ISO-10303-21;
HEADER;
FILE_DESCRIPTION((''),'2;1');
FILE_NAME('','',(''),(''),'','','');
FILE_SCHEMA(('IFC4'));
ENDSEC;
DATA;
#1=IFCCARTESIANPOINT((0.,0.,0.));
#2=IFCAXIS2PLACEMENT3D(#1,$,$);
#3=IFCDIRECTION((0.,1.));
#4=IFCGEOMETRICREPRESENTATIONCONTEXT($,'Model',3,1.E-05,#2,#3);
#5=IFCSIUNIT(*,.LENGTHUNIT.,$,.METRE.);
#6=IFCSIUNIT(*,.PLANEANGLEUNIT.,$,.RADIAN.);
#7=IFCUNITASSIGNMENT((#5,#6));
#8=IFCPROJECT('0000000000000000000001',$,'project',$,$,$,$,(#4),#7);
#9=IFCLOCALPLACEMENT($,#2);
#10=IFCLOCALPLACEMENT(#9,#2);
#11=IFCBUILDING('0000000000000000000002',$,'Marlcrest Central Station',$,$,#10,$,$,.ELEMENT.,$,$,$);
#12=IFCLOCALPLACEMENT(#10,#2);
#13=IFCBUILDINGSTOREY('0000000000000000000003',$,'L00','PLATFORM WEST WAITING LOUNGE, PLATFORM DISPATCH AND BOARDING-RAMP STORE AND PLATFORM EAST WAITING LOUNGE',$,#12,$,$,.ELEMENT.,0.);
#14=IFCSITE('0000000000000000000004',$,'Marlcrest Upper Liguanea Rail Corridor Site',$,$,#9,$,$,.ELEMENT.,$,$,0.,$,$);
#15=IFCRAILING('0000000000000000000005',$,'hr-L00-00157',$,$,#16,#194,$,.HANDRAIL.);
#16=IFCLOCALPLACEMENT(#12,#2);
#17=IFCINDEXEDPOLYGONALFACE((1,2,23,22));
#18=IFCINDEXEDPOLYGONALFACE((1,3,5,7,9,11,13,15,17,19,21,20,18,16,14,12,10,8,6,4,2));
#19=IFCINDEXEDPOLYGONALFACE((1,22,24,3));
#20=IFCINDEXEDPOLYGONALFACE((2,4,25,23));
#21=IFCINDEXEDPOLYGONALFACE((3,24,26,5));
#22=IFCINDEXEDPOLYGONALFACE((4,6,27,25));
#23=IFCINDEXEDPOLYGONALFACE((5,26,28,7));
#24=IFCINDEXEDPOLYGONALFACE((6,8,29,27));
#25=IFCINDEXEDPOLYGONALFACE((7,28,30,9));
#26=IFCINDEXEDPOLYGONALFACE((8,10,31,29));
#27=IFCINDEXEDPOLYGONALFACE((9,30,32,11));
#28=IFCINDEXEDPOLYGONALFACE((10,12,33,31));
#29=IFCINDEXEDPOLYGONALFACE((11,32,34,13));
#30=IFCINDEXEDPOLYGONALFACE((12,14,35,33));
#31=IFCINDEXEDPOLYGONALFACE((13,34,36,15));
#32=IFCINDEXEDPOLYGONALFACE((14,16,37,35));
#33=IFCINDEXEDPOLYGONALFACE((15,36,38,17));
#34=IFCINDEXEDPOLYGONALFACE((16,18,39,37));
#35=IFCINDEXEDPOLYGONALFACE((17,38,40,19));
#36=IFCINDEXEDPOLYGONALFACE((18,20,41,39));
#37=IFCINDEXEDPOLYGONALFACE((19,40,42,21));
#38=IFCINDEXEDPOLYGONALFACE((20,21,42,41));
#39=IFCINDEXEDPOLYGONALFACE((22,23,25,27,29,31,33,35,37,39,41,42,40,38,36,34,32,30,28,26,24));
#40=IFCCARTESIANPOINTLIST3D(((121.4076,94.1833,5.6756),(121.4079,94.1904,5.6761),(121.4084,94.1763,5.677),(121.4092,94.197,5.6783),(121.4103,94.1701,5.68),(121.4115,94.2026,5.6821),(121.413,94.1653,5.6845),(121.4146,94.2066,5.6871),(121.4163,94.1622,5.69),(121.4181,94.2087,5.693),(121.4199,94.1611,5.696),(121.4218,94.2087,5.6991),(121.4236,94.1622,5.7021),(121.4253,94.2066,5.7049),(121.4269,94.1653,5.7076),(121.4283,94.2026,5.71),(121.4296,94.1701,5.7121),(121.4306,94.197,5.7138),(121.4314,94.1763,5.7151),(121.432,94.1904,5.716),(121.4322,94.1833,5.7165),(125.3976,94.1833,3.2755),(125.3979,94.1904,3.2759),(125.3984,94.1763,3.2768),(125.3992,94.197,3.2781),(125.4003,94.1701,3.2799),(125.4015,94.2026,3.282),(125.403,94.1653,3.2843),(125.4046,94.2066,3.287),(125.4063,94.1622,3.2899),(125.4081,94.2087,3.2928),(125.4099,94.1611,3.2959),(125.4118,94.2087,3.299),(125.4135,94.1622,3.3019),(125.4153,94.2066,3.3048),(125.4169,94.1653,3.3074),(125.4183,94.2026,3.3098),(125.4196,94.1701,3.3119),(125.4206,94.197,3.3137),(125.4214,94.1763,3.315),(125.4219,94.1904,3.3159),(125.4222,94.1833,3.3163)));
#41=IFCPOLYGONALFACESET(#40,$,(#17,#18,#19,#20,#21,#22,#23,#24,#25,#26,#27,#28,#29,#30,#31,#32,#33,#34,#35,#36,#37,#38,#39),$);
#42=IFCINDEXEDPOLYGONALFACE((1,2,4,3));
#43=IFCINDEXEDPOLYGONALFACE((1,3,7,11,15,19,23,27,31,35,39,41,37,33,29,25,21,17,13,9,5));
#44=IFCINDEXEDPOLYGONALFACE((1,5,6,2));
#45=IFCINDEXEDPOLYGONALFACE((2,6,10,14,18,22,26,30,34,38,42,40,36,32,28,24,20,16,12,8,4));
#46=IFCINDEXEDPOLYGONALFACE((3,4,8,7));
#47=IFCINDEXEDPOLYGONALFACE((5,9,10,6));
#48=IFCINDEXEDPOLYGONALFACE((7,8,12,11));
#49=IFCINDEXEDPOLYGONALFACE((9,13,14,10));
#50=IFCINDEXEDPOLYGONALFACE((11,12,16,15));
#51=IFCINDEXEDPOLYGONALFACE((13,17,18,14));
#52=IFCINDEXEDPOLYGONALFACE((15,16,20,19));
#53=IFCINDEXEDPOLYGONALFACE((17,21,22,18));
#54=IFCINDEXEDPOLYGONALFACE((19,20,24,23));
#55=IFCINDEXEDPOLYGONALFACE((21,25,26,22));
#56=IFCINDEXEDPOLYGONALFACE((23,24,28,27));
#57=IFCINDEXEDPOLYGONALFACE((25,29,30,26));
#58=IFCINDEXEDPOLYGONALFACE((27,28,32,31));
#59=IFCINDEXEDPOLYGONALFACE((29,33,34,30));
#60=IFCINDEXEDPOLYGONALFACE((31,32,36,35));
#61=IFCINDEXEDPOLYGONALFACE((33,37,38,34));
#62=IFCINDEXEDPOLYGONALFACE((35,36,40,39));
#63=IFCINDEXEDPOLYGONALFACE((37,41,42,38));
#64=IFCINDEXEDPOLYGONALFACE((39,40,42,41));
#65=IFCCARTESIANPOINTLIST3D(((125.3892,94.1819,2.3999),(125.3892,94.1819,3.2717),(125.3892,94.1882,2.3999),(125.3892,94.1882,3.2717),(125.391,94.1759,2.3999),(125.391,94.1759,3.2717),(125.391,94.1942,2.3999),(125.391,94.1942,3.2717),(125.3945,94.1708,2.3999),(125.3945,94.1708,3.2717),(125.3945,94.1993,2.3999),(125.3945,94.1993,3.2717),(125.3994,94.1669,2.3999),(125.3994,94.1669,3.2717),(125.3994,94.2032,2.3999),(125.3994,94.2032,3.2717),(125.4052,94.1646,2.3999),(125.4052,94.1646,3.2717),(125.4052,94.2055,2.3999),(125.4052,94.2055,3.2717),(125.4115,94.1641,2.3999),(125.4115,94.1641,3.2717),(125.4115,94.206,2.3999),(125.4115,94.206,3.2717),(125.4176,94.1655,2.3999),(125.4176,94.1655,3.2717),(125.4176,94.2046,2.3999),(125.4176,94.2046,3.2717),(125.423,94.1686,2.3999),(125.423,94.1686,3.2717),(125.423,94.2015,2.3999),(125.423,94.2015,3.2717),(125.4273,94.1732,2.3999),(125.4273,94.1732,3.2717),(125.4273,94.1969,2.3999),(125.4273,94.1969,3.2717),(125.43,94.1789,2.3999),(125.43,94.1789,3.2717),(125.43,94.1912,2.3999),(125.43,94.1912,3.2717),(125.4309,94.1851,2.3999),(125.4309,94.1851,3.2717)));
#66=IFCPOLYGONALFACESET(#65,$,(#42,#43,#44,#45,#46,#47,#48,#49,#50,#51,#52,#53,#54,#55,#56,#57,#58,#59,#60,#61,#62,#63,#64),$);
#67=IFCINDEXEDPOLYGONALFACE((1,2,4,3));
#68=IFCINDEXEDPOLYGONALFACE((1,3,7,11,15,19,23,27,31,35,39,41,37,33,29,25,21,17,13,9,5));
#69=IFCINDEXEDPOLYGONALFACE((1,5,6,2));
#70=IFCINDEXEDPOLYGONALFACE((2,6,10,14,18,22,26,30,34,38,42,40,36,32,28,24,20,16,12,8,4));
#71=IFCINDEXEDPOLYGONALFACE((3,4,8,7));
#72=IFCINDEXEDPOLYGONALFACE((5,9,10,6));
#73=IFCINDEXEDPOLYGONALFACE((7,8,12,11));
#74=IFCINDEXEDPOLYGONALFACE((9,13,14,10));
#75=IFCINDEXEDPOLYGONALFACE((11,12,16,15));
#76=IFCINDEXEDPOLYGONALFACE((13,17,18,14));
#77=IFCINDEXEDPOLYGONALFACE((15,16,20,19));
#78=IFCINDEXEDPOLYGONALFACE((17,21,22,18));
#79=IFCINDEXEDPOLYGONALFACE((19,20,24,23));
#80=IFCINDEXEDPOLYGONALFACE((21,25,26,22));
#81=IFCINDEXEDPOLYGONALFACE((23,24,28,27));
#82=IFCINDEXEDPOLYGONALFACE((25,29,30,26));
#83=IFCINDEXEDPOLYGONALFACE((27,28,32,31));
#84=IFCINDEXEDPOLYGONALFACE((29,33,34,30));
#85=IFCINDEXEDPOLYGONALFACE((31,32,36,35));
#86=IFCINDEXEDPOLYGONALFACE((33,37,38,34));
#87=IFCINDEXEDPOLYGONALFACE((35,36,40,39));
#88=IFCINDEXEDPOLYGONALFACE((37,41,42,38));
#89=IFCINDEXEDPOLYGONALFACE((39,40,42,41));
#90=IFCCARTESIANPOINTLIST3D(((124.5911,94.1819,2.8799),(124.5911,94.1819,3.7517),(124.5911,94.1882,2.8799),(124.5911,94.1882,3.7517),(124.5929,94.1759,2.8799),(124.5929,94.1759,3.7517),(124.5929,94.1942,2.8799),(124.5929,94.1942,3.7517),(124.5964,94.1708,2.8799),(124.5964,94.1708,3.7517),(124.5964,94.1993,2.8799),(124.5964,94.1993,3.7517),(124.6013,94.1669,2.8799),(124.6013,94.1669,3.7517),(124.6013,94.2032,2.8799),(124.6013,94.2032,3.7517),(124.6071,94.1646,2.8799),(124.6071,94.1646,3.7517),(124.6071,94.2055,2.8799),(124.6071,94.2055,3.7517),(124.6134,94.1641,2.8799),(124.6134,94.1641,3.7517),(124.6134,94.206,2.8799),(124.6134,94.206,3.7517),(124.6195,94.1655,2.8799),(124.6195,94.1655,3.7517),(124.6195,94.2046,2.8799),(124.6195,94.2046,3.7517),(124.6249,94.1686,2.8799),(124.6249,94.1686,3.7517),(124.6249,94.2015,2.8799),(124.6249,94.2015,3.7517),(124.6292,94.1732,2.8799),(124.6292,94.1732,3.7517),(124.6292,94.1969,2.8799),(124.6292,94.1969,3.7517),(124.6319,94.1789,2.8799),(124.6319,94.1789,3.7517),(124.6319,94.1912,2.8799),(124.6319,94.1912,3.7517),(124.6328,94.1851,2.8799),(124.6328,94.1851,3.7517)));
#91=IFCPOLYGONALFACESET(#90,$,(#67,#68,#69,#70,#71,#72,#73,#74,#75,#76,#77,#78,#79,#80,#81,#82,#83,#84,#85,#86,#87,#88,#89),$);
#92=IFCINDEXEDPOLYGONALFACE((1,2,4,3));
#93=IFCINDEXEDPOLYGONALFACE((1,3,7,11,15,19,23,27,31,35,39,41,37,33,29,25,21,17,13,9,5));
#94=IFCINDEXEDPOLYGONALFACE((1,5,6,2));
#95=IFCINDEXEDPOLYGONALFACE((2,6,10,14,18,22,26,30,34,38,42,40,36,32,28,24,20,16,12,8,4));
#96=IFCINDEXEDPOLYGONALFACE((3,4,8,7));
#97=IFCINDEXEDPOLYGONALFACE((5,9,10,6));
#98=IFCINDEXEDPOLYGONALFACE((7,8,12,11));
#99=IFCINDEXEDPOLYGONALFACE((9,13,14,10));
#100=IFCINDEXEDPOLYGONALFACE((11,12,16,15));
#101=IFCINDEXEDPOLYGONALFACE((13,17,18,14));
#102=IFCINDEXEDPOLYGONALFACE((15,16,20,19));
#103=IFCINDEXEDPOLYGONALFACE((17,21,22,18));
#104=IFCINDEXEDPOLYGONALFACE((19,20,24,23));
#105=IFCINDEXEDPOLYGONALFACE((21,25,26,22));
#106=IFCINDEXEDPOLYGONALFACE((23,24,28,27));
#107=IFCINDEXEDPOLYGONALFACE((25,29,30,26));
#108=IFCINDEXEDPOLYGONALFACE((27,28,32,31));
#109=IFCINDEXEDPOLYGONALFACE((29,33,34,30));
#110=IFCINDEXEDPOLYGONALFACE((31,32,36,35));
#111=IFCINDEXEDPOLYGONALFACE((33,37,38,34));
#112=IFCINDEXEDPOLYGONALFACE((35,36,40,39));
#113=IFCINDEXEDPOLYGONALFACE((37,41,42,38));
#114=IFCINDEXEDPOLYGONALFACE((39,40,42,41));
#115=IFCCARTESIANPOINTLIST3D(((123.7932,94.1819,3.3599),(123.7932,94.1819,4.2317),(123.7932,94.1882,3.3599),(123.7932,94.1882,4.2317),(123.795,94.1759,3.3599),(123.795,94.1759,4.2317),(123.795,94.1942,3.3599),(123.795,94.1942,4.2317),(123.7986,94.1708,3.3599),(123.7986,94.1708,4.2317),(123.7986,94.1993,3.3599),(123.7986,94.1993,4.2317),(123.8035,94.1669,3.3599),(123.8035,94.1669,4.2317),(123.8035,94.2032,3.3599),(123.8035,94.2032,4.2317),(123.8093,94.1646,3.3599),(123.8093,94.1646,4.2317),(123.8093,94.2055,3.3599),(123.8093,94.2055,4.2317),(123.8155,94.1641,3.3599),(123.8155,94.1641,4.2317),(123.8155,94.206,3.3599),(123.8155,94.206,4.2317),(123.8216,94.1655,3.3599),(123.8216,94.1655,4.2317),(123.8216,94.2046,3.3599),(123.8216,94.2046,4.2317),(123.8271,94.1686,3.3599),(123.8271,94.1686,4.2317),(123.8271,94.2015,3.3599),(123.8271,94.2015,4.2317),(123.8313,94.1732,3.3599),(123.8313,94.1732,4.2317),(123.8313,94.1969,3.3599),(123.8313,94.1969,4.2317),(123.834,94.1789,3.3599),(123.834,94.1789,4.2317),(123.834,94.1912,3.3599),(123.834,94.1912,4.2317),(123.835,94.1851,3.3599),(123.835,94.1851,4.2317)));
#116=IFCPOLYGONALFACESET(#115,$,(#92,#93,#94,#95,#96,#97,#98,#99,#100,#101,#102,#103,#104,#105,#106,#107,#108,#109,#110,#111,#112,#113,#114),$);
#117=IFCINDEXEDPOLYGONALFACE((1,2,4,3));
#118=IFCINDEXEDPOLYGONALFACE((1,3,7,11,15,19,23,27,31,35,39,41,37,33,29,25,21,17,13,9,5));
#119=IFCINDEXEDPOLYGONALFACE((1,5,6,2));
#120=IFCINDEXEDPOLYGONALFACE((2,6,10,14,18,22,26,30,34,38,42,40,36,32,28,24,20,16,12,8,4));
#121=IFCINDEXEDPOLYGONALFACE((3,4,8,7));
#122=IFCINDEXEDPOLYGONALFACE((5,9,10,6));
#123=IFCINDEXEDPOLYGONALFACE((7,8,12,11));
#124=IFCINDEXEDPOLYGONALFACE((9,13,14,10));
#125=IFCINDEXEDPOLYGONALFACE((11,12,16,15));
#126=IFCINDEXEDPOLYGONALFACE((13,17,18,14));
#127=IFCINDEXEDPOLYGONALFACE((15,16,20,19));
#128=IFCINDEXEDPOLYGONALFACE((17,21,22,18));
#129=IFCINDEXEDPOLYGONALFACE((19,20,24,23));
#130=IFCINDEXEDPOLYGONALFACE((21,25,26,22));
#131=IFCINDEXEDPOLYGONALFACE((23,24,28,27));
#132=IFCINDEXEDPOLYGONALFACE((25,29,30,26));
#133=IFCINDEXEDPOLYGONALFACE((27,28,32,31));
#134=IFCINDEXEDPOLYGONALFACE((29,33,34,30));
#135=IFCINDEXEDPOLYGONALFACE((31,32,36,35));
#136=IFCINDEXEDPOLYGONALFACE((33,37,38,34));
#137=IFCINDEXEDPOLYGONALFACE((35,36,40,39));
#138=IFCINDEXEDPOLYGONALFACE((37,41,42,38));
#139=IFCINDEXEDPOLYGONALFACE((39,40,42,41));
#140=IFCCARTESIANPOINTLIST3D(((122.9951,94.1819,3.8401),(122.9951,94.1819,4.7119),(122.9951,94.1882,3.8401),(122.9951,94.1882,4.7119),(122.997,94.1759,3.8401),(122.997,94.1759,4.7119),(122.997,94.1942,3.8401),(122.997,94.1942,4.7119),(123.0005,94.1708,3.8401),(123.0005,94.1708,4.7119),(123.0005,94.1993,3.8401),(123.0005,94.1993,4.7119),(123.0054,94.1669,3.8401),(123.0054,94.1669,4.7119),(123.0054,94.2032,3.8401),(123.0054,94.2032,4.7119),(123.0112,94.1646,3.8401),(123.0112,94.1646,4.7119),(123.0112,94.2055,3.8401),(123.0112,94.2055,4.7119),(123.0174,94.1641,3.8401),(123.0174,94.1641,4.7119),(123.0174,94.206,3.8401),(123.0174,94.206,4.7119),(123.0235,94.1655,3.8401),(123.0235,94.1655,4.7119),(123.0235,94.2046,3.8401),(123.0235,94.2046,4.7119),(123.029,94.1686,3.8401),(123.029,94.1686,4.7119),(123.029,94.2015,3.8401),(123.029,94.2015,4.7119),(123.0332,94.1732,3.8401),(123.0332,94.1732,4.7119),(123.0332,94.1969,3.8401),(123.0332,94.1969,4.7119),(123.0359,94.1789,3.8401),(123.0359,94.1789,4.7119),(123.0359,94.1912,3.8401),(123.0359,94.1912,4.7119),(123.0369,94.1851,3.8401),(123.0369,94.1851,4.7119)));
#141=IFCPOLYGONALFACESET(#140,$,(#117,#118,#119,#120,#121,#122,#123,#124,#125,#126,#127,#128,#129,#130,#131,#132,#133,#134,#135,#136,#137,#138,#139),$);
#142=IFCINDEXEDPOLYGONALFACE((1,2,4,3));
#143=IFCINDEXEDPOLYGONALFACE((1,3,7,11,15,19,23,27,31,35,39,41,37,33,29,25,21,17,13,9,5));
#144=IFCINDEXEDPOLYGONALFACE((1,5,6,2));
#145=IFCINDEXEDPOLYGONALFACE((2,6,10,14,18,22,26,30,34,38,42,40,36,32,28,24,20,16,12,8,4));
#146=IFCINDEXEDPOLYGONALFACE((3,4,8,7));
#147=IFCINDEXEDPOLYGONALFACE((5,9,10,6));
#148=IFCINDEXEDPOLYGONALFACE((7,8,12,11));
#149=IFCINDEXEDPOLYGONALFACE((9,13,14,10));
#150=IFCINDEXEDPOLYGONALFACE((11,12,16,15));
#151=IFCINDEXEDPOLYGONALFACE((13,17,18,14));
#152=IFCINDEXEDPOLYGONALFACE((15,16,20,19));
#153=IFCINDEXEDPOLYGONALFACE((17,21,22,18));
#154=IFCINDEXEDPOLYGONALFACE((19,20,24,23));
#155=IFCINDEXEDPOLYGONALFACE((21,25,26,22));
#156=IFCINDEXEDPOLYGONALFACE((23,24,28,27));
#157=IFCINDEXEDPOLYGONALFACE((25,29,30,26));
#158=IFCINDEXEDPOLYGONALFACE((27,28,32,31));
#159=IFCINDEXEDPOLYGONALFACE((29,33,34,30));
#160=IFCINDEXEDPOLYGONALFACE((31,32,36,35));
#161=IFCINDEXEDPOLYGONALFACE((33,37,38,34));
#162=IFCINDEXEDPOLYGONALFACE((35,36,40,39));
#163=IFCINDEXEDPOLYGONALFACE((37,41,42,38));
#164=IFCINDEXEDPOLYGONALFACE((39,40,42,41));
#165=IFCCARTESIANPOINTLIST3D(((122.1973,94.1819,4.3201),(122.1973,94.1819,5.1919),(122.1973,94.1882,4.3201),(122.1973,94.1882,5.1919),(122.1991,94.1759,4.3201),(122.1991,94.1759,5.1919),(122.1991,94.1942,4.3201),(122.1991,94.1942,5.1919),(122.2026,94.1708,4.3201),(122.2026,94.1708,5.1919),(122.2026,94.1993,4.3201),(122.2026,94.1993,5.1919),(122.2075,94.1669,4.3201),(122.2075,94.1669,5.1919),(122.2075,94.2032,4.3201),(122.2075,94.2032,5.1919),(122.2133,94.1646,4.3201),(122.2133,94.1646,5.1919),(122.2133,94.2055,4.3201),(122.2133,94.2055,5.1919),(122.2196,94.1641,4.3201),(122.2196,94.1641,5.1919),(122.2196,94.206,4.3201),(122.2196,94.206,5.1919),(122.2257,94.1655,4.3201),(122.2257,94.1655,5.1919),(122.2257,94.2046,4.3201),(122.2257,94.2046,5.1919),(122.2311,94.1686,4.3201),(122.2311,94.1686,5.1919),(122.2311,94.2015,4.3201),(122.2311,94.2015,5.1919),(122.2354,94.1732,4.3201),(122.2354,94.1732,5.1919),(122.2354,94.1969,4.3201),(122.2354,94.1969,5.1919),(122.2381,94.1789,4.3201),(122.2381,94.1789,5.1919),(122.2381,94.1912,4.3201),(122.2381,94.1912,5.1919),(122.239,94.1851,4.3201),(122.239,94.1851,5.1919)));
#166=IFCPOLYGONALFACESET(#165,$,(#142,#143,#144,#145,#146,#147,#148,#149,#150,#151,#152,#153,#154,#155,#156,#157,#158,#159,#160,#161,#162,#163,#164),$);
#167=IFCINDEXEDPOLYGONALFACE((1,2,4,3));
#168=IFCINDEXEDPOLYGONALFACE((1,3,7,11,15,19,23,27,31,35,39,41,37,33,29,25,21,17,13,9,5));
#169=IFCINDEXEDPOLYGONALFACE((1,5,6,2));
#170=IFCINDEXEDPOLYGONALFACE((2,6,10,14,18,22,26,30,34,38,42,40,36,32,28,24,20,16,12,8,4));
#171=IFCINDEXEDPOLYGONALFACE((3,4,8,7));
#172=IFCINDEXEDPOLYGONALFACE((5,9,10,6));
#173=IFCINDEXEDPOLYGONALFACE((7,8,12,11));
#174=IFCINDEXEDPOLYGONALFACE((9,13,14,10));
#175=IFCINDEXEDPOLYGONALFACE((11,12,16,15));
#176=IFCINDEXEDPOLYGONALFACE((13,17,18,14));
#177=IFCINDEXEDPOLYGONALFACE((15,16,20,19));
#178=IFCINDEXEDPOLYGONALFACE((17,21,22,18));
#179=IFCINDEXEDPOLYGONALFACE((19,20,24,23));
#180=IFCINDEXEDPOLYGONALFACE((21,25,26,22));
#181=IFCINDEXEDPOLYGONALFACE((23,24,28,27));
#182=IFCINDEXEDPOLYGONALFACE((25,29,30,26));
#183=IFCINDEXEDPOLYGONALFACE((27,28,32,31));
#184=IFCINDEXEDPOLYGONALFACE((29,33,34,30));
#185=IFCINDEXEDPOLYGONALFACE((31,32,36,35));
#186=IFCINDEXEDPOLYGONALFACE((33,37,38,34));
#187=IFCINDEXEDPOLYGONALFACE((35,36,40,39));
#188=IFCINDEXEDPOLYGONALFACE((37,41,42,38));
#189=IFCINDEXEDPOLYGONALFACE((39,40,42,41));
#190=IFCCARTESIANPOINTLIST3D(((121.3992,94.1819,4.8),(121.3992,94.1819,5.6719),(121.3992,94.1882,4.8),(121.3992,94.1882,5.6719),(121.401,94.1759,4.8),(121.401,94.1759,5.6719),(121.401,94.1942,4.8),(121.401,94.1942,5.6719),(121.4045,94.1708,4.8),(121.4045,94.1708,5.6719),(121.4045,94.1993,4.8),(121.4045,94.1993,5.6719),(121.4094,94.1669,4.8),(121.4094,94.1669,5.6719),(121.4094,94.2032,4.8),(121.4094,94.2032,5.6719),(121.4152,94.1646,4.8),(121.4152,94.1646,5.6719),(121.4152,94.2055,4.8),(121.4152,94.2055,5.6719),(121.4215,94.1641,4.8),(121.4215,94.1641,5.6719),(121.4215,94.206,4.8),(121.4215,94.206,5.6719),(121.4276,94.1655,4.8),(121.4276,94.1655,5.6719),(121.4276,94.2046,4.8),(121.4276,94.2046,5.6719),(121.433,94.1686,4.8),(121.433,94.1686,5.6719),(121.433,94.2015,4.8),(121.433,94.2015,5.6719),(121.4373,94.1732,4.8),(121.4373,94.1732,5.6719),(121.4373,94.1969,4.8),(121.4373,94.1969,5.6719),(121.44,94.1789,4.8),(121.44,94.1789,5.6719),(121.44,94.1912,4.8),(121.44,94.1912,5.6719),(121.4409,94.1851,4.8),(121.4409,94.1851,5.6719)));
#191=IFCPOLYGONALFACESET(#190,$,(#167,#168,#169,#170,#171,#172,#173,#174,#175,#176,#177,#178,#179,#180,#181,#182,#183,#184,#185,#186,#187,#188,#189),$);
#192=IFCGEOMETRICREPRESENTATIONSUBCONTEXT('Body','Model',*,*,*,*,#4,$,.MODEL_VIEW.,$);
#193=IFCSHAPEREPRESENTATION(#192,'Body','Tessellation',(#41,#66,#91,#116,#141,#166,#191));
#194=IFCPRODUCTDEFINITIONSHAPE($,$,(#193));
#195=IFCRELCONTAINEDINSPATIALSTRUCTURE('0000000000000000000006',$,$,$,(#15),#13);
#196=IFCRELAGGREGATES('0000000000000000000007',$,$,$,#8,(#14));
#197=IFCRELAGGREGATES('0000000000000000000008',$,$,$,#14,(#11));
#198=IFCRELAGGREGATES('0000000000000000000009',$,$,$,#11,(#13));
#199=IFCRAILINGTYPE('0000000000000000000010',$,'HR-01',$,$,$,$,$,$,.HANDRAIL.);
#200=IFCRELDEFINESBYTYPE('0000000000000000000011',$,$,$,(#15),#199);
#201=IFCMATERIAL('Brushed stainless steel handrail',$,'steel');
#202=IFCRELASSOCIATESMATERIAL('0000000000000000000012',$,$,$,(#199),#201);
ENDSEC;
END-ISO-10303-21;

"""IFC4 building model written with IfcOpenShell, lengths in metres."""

from ifc_helpers import new_model, si_unit, direction, frame, origin, origin_2d, place, context, subcontext, project, spatial, circle, extrude, material, type_object, element, save


model = new_model("IFC4")

# Units and contexts
model_context = context("Model", 3, precision=1e-05, world=origin(), true_north=direction((0.0, 1.0)))
body_context = subcontext(model_context, "Body", "Model", "MODEL_VIEW")
ifc_project = project(units=[si_unit("LENGTHUNIT", "METRE"), si_unit("PLANEANGLEUNIT", "RADIAN")], contexts=[model_context])

# Site, building, storey
site_placement = place(None, origin())
site = spatial("IfcSite", under=ifc_project, at=site_placement, Name="Marlcrest Upper Liguanea Rail Corridor Site", CompositionType="ELEMENT", RefElevation=0.0)
building_placement = place(site_placement, origin())
building = spatial("IfcBuilding", under=site, at=building_placement, Name="Marlcrest Central Station", CompositionType="ELEMENT")
storey_placement = place(building_placement, origin())
storey = spatial("IfcBuildingStorey", under=building, at=storey_placement, Name="L00", Description="PLATFORM WEST WAITING LOUNGE, PLATFORM DISPATCH AND BOARDING-RAMP STORE AND PLATFORM EAST WAITING LOUNGE", CompositionType="ELEMENT", Elevation=0.0)

# Railing
ifc_material_1 = material(Name="Brushed stainless steel handrail", Category="steel")
railing_type = type_object("IfcRailingType", Name="HR-01", PredefinedType="HANDRAIL", material=ifc_material_1)
railing_1_placement = place(storey_placement, frame((125.4099, 94.1851, 2.3999)))
element("IfcRailing", 1, at=railing_1_placement, inside=storey, type_object=railing_type, Name="hr-L00-00157", PredefinedType="HANDRAIL", context=body_context, shape_type="SweptSolid", body=[
    extrude(circle(Radius=0.0239, at=origin_2d()), frame((0.0, 0.0, 0.896), z_axis=(-0.856909, 0.0, 0.515467), x_axis=(0.0, -1.0, 0.0)), (0.0, 0.0, 1.0), 4.6562),
    extrude(circle(Radius=0.021, at=origin_2d()), origin(), (0.0, 0.0, 1.0), 0.8718),
    extrude(circle(Radius=0.021, at=origin_2d()), frame((-0.7981, 0.0, 0.48)), (0.0, 0.0, 1.0), 0.8718),
    extrude(circle(Radius=0.021, at=origin_2d()), frame((-1.5959, 0.0, 0.96)), (0.0, 0.0, 1.0), 0.8718),
    extrude(circle(Radius=0.021, at=origin_2d()), frame((-2.394, 0.0, 1.4402)), (0.0, 0.0, 1.0), 0.8718),
    extrude(circle(Radius=0.021, at=origin_2d()), frame((-3.1919, 0.0, 1.9202)), (0.0, 0.0, 1.0), 0.8718),
    extrude(circle(Radius=0.021, at=origin_2d()), frame((-3.99, 0.0, 2.4001)), (0.0, 0.0, 1.0), 0.8718),
])

save(model, "model.ifc")
